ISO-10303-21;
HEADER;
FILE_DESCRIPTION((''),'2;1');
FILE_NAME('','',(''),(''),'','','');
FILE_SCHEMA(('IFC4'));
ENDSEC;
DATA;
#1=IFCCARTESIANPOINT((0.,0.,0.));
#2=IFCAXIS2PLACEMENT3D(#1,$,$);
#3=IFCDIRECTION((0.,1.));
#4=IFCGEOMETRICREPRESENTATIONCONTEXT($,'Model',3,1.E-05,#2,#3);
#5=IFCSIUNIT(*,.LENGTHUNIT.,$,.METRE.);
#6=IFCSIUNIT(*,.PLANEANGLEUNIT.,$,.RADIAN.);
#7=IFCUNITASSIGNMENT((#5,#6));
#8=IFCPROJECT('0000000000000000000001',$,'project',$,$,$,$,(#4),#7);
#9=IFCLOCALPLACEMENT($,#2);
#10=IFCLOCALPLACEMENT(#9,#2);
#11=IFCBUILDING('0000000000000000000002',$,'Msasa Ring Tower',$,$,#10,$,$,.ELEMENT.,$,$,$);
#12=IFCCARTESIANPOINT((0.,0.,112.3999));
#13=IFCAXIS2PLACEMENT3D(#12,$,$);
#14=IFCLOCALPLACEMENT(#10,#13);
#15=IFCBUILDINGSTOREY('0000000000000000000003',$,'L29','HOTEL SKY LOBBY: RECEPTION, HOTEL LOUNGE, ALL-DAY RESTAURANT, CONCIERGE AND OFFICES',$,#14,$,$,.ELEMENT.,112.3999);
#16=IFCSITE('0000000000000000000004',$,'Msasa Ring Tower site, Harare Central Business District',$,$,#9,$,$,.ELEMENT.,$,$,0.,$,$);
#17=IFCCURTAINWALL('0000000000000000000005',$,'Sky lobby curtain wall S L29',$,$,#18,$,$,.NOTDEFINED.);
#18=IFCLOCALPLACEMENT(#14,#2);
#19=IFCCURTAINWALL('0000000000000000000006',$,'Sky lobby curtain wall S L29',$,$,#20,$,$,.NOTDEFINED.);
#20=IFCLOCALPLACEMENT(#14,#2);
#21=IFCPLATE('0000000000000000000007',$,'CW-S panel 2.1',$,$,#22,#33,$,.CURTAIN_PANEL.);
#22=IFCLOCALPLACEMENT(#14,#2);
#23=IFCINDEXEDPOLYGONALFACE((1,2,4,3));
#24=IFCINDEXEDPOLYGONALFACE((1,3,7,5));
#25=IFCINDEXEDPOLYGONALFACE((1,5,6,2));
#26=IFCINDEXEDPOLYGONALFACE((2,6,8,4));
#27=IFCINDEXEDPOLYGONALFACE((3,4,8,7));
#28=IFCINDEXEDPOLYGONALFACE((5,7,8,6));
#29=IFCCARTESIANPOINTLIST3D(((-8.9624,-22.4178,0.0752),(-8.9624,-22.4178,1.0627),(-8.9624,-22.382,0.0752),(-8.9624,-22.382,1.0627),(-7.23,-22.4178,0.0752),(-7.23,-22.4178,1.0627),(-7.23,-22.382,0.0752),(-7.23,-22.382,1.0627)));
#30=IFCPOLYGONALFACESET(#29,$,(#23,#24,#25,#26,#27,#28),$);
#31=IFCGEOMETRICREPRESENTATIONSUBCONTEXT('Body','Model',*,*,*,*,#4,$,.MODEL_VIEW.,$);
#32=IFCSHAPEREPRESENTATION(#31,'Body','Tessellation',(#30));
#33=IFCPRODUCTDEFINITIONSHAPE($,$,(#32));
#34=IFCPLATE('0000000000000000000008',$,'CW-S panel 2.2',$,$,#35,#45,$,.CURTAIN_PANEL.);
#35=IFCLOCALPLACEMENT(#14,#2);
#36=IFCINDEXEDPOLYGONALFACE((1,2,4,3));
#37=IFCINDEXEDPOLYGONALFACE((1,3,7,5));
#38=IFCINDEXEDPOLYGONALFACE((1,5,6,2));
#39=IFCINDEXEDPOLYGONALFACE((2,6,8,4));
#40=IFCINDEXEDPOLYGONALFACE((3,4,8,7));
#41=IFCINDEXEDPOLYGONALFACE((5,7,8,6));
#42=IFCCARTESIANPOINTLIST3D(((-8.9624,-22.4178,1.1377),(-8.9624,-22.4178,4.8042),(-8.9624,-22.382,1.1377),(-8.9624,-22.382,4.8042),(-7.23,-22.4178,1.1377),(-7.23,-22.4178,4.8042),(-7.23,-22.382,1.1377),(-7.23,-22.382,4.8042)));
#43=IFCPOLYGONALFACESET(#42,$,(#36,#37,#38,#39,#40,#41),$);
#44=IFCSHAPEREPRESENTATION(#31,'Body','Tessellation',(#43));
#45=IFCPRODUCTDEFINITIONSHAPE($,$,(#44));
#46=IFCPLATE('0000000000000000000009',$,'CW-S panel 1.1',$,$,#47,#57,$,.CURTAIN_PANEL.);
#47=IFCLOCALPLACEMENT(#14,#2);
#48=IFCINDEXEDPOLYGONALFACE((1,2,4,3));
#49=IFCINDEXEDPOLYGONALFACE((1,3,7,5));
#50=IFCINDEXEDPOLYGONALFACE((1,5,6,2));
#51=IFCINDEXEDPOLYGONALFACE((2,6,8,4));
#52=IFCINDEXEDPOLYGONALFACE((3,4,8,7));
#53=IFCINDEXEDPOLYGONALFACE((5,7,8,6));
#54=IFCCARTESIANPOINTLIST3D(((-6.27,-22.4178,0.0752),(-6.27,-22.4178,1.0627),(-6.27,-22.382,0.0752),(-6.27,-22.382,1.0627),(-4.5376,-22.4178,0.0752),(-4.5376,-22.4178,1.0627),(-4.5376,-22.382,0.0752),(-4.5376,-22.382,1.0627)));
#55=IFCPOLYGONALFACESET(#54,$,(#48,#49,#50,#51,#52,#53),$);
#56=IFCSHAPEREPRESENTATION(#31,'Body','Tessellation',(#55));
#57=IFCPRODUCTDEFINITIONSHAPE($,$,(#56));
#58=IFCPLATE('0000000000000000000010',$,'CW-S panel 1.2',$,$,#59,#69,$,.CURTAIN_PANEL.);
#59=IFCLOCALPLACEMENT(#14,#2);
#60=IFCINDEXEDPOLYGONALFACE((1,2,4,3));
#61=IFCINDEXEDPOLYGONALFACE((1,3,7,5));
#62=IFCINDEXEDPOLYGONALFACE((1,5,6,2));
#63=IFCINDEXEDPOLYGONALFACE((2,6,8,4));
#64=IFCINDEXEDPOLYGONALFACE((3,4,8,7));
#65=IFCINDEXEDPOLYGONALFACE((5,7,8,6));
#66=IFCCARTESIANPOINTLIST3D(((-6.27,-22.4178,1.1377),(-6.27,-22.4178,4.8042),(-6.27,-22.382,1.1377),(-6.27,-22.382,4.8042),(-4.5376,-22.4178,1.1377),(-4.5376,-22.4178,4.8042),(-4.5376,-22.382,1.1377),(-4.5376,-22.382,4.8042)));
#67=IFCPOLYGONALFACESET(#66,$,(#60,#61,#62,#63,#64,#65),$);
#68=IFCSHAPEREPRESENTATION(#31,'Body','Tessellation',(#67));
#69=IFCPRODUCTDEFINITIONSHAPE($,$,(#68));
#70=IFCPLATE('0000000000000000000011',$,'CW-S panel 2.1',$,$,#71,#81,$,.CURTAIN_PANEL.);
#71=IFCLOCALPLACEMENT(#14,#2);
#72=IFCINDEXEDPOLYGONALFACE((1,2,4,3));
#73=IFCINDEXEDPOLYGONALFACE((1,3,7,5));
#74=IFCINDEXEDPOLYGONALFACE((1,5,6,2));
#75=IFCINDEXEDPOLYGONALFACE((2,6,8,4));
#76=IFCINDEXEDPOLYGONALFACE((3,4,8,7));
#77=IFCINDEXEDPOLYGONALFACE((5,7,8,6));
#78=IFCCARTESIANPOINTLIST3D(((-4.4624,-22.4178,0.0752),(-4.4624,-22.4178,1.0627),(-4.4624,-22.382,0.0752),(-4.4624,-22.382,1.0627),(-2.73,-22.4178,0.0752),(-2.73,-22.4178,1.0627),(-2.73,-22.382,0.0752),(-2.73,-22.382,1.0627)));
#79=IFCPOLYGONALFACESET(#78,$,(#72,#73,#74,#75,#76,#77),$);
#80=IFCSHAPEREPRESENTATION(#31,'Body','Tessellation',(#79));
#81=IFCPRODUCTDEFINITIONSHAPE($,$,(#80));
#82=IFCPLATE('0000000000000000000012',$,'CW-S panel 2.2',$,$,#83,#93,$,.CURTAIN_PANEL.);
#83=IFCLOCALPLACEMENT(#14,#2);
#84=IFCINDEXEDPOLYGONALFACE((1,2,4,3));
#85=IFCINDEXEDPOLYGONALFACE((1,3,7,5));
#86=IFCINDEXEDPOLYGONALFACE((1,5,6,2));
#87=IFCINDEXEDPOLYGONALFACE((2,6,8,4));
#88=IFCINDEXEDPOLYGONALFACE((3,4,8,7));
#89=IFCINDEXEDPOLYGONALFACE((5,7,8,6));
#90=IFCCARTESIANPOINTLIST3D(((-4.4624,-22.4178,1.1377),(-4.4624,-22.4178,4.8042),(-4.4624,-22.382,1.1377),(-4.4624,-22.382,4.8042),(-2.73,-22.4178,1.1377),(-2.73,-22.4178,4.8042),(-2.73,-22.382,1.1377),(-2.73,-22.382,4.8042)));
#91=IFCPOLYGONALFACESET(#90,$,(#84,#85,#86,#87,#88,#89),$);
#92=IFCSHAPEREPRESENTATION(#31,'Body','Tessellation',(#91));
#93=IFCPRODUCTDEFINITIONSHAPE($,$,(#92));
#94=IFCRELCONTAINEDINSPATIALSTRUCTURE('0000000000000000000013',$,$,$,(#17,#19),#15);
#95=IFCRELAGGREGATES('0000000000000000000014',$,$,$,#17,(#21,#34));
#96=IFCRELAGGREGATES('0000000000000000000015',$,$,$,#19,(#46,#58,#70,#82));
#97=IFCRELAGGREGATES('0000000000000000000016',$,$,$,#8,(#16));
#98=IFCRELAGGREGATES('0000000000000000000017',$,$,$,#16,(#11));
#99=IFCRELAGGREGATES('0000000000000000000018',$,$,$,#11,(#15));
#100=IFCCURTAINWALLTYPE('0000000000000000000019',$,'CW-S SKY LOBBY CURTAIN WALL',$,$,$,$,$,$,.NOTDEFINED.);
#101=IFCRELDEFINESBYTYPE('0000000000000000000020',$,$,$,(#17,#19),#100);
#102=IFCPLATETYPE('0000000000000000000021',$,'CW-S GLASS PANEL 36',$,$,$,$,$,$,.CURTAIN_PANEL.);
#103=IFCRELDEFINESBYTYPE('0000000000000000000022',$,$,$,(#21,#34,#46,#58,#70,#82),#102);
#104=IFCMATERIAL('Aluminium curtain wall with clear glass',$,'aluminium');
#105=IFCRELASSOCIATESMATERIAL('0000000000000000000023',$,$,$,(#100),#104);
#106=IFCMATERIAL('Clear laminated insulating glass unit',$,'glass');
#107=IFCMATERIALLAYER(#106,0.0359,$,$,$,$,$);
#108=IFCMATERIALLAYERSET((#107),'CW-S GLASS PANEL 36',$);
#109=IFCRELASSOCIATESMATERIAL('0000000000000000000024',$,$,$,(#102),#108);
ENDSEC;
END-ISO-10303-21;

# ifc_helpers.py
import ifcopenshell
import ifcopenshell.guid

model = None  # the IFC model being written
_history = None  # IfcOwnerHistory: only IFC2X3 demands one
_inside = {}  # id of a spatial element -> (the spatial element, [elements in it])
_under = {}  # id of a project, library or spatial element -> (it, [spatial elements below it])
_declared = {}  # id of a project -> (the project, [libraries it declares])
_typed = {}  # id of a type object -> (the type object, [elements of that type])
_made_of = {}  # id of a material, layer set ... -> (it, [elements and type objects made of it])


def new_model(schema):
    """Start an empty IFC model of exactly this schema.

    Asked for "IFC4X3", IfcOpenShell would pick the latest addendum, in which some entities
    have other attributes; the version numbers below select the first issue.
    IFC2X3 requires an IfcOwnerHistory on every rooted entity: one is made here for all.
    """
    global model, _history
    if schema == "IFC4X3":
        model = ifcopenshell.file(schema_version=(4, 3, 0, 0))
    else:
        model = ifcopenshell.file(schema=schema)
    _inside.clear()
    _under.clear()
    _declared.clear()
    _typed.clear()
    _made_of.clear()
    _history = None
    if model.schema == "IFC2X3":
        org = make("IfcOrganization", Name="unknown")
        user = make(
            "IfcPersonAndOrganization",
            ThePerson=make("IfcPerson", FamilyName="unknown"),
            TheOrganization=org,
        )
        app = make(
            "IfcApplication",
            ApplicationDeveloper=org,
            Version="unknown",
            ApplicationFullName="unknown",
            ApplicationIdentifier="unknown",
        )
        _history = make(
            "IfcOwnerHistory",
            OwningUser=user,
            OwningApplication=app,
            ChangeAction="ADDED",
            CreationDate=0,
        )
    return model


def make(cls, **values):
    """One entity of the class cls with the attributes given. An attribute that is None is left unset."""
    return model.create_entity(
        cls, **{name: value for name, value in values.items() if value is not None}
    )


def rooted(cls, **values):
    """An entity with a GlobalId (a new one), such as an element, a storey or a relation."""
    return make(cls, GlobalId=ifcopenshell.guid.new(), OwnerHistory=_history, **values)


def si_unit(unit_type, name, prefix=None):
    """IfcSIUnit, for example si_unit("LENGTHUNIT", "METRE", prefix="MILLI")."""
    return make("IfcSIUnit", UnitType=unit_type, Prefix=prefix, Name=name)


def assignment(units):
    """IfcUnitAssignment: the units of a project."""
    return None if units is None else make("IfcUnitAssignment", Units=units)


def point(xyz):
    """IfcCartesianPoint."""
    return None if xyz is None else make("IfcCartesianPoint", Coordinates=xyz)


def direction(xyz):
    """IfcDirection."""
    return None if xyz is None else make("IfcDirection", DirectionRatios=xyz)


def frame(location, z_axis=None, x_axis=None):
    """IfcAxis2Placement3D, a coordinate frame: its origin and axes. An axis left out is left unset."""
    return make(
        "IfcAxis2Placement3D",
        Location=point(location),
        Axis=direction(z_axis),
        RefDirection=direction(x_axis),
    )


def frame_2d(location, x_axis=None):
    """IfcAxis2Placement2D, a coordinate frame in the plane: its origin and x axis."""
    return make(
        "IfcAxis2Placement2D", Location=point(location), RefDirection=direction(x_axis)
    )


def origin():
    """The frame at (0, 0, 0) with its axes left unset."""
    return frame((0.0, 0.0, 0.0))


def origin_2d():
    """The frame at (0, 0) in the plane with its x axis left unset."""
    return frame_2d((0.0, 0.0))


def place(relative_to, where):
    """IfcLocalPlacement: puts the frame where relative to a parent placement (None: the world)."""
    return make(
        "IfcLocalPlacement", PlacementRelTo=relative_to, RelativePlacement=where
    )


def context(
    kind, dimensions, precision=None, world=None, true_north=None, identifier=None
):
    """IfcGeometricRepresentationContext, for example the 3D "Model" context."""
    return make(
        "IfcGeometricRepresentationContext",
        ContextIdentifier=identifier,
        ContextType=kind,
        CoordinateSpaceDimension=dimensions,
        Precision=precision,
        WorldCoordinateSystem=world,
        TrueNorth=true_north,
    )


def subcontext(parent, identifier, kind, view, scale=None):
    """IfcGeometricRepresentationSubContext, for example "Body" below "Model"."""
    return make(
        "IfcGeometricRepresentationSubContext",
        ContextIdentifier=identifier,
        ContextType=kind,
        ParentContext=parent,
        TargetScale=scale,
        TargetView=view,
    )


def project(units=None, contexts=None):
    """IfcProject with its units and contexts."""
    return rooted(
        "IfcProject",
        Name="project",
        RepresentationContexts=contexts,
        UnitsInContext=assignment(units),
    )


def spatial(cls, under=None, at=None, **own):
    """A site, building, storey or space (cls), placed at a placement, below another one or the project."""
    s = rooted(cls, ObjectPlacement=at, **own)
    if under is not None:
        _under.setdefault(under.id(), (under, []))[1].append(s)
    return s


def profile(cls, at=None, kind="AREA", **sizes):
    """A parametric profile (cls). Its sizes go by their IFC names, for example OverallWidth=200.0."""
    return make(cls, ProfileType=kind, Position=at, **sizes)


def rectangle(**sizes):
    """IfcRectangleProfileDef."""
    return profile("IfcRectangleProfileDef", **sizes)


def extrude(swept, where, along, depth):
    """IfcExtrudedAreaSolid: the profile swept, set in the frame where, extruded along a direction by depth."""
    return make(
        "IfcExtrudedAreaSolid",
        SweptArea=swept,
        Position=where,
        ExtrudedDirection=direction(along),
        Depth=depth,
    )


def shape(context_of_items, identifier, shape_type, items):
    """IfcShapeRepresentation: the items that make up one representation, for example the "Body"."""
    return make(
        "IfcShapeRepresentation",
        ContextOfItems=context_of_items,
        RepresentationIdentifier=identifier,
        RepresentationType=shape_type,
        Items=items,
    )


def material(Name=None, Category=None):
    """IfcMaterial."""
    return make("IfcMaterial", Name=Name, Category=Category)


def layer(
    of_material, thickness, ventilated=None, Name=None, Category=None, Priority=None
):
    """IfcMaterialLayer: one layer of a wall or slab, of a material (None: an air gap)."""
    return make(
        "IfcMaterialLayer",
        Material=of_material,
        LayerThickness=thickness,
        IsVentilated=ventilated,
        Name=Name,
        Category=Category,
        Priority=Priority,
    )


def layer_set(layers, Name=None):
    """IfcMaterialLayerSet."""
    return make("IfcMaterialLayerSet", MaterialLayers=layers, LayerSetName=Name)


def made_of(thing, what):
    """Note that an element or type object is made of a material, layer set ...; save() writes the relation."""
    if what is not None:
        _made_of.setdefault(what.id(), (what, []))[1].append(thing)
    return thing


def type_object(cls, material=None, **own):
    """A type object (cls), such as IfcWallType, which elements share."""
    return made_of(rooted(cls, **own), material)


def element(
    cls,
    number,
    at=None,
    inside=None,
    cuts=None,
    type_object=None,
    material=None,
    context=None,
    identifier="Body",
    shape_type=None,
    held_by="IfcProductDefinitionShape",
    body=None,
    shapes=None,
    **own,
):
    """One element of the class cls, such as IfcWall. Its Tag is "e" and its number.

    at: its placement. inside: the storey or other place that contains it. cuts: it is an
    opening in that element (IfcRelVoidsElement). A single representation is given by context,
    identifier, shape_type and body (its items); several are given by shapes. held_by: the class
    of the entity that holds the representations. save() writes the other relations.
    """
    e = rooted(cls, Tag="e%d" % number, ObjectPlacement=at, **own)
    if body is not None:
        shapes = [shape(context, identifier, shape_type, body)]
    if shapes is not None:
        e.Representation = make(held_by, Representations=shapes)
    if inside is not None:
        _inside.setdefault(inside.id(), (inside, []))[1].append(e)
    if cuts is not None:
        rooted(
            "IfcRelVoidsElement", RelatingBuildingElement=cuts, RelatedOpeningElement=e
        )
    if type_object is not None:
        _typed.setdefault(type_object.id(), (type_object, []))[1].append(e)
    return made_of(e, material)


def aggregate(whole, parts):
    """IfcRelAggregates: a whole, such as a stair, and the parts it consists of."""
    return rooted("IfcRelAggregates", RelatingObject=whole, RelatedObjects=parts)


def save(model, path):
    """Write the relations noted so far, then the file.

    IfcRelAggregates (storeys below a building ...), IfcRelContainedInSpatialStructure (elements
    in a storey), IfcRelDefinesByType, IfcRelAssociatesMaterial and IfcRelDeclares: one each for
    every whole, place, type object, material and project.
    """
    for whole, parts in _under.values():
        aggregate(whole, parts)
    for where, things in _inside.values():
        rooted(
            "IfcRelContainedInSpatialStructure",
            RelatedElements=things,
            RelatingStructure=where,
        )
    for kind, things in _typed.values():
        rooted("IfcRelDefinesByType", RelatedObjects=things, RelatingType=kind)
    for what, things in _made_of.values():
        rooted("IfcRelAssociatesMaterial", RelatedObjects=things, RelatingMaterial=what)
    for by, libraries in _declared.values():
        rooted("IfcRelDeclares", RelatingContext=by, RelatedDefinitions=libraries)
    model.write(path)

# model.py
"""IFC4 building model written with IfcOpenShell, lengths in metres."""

from ifc_helpers import new_model, si_unit, direction, frame, origin, origin_2d, place, context, subcontext, project, spatial, rectangle, extrude, material, layer, layer_set, type_object, element, aggregate, save


model = new_model("IFC4")

# Units and contexts
model_context = context("Model", 3, precision=1e-05, world=origin(), true_north=direction((0.0, 1.0)))
body_context = subcontext(model_context, "Body", "Model", "MODEL_VIEW")
ifc_project = project(units=[si_unit("LENGTHUNIT", "METRE"), si_unit("PLANEANGLEUNIT", "RADIAN")], contexts=[model_context])

# Site, building, storey
site_placement = place(None, origin())
site = spatial("IfcSite", under=ifc_project, at=site_placement, Name="Msasa Ring Tower site, Harare Central Business District", CompositionType="ELEMENT", RefElevation=0.0)
building_placement = place(site_placement, origin())
building = spatial("IfcBuilding", under=site, at=building_placement, Name="Msasa Ring Tower", CompositionType="ELEMENT")
storey_placement = place(building_placement, frame((0.0, 0.0, 112.3999)))
storey = spatial("IfcBuildingStorey", under=building, at=storey_placement, Name="L29", Description="HOTEL SKY LOBBY: RECEPTION, HOTEL LOUNGE, ALL-DAY RESTAURANT, CONCIERGE AND OFFICES", CompositionType="ELEMENT", Elevation=112.3999)

# Curtain wall
ifc_material_1 = material(Name="Aluminium curtain wall with clear glass", Category="aluminium")
curtain_wall_type = type_object("IfcCurtainWallType", Name="CW-S SKY LOBBY CURTAIN WALL", PredefinedType="NOTDEFINED", material=ifc_material_1)
curtain_wall_1_placement = place(storey_placement, origin())
curtain_wall_1 = element("IfcCurtainWall", 1, at=curtain_wall_1_placement, inside=storey, type_object=curtain_wall_type, Name="Sky lobby curtain wall S L29", PredefinedType="NOTDEFINED")

# Curtain wall
curtain_wall_2_placement = place(storey_placement, origin())
curtain_wall_2 = element("IfcCurtainWall", 2, at=curtain_wall_2_placement, inside=storey, type_object=curtain_wall_type, Name="Sky lobby curtain wall S L29", PredefinedType="NOTDEFINED")

# Plates
ifc_material_2 = material(Name="Clear laminated insulating glass unit", Category="glass")
ifc_layer = layer(ifc_material_2, 0.0359)
ifc_layer_set = layer_set([ifc_layer], Name="CW-S GLASS PANEL 36")
plate_type = type_object("IfcPlateType", Name="CW-S GLASS PANEL 36", PredefinedType="CURTAIN_PANEL", material=ifc_layer_set)
plate_1_placement = place(storey_placement, frame((-8.0962, -22.3999, 0.0752), z_axis=(0.0, 0.0, 1.0), x_axis=(1.0, 0.0, 0.0)))
plate_1 = element("IfcPlate", 3, at=plate_1_placement, type_object=plate_type, Name="CW-S panel 2.1", PredefinedType="CURTAIN_PANEL", context=body_context, shape_type="SweptSolid", body=[
    extrude(rectangle(XDim=1.7324, YDim=0.0359, at=origin_2d()), origin(), (0.0, 0.0, 1.0), 0.9875),
])
plate_2_placement = place(storey_placement, frame((-8.0962, -22.3999, 1.1377), z_axis=(0.0, 0.0, 1.0), x_axis=(1.0, 0.0, 0.0)))
plate_2 = element("IfcPlate", 4, at=plate_2_placement, type_object=plate_type, Name="CW-S panel 2.2", PredefinedType="CURTAIN_PANEL", context=body_context, shape_type="SweptSolid", body=[
    extrude(rectangle(XDim=1.7324, YDim=0.0359, at=origin_2d()), origin(), (0.0, 0.0, 1.0), 3.6665),
])
aggregate(curtain_wall_1, [plate_1, plate_2])
plate_3_placement = place(storey_placement, frame((-5.4038, -22.3999, 0.0752), z_axis=(0.0, 0.0, 1.0), x_axis=(1.0, 0.0, 0.0)))
plate_3 = element("IfcPlate", 5, at=plate_3_placement, type_object=plate_type, Name="CW-S panel 1.1", PredefinedType="CURTAIN_PANEL", context=body_context, shape_type="SweptSolid", body=[
    extrude(rectangle(XDim=1.7324, YDim=0.0359, at=origin_2d()), origin(), (0.0, 0.0, 1.0), 0.9875),
])
plate_4_placement = place(storey_placement, frame((-5.4038, -22.3999, 1.1377), z_axis=(0.0, 0.0, 1.0), x_axis=(1.0, 0.0, 0.0)))
plate_4 = element("IfcPlate", 6, at=plate_4_placement, type_object=plate_type, Name="CW-S panel 1.2", PredefinedType="CURTAIN_PANEL", context=body_context, shape_type="SweptSolid", body=[
    extrude(rectangle(XDim=1.7324, YDim=0.0359, at=origin_2d()), origin(), (0.0, 0.0, 1.0), 3.6665),
])
plate_5_placement = place(storey_placement, frame((-3.5962, -22.3999, 0.0752), z_axis=(0.0, 0.0, 1.0), x_axis=(1.0, 0.0, 0.0)))
plate_5 = element("IfcPlate", 7, at=plate_5_placement, type_object=plate_type, Name="CW-S panel 2.1", PredefinedType="CURTAIN_PANEL", context=body_context, shape_type="SweptSolid", body=[
    extrude(rectangle(XDim=1.7324, YDim=0.0359, at=origin_2d()), origin(), (0.0, 0.0, 1.0), 0.9875),
])
plate_6_placement = place(storey_placement, frame((-3.5962, -22.3999, 1.1377), z_axis=(0.0, 0.0, 1.0), x_axis=(1.0, 0.0, 0.0)))
plate_6 = element("IfcPlate", 8, at=plate_6_placement, type_object=plate_type, Name="CW-S panel 2.2", PredefinedType="CURTAIN_PANEL", context=body_context, shape_type="SweptSolid", body=[
    extrude(rectangle(XDim=1.7324, YDim=0.0359, at=origin_2d()), origin(), (0.0, 0.0, 1.0), 3.6665),
])
aggregate(curtain_wall_2, [plate_3, plate_4, plate_5, plate_6])

save(model, "model.ifc")
